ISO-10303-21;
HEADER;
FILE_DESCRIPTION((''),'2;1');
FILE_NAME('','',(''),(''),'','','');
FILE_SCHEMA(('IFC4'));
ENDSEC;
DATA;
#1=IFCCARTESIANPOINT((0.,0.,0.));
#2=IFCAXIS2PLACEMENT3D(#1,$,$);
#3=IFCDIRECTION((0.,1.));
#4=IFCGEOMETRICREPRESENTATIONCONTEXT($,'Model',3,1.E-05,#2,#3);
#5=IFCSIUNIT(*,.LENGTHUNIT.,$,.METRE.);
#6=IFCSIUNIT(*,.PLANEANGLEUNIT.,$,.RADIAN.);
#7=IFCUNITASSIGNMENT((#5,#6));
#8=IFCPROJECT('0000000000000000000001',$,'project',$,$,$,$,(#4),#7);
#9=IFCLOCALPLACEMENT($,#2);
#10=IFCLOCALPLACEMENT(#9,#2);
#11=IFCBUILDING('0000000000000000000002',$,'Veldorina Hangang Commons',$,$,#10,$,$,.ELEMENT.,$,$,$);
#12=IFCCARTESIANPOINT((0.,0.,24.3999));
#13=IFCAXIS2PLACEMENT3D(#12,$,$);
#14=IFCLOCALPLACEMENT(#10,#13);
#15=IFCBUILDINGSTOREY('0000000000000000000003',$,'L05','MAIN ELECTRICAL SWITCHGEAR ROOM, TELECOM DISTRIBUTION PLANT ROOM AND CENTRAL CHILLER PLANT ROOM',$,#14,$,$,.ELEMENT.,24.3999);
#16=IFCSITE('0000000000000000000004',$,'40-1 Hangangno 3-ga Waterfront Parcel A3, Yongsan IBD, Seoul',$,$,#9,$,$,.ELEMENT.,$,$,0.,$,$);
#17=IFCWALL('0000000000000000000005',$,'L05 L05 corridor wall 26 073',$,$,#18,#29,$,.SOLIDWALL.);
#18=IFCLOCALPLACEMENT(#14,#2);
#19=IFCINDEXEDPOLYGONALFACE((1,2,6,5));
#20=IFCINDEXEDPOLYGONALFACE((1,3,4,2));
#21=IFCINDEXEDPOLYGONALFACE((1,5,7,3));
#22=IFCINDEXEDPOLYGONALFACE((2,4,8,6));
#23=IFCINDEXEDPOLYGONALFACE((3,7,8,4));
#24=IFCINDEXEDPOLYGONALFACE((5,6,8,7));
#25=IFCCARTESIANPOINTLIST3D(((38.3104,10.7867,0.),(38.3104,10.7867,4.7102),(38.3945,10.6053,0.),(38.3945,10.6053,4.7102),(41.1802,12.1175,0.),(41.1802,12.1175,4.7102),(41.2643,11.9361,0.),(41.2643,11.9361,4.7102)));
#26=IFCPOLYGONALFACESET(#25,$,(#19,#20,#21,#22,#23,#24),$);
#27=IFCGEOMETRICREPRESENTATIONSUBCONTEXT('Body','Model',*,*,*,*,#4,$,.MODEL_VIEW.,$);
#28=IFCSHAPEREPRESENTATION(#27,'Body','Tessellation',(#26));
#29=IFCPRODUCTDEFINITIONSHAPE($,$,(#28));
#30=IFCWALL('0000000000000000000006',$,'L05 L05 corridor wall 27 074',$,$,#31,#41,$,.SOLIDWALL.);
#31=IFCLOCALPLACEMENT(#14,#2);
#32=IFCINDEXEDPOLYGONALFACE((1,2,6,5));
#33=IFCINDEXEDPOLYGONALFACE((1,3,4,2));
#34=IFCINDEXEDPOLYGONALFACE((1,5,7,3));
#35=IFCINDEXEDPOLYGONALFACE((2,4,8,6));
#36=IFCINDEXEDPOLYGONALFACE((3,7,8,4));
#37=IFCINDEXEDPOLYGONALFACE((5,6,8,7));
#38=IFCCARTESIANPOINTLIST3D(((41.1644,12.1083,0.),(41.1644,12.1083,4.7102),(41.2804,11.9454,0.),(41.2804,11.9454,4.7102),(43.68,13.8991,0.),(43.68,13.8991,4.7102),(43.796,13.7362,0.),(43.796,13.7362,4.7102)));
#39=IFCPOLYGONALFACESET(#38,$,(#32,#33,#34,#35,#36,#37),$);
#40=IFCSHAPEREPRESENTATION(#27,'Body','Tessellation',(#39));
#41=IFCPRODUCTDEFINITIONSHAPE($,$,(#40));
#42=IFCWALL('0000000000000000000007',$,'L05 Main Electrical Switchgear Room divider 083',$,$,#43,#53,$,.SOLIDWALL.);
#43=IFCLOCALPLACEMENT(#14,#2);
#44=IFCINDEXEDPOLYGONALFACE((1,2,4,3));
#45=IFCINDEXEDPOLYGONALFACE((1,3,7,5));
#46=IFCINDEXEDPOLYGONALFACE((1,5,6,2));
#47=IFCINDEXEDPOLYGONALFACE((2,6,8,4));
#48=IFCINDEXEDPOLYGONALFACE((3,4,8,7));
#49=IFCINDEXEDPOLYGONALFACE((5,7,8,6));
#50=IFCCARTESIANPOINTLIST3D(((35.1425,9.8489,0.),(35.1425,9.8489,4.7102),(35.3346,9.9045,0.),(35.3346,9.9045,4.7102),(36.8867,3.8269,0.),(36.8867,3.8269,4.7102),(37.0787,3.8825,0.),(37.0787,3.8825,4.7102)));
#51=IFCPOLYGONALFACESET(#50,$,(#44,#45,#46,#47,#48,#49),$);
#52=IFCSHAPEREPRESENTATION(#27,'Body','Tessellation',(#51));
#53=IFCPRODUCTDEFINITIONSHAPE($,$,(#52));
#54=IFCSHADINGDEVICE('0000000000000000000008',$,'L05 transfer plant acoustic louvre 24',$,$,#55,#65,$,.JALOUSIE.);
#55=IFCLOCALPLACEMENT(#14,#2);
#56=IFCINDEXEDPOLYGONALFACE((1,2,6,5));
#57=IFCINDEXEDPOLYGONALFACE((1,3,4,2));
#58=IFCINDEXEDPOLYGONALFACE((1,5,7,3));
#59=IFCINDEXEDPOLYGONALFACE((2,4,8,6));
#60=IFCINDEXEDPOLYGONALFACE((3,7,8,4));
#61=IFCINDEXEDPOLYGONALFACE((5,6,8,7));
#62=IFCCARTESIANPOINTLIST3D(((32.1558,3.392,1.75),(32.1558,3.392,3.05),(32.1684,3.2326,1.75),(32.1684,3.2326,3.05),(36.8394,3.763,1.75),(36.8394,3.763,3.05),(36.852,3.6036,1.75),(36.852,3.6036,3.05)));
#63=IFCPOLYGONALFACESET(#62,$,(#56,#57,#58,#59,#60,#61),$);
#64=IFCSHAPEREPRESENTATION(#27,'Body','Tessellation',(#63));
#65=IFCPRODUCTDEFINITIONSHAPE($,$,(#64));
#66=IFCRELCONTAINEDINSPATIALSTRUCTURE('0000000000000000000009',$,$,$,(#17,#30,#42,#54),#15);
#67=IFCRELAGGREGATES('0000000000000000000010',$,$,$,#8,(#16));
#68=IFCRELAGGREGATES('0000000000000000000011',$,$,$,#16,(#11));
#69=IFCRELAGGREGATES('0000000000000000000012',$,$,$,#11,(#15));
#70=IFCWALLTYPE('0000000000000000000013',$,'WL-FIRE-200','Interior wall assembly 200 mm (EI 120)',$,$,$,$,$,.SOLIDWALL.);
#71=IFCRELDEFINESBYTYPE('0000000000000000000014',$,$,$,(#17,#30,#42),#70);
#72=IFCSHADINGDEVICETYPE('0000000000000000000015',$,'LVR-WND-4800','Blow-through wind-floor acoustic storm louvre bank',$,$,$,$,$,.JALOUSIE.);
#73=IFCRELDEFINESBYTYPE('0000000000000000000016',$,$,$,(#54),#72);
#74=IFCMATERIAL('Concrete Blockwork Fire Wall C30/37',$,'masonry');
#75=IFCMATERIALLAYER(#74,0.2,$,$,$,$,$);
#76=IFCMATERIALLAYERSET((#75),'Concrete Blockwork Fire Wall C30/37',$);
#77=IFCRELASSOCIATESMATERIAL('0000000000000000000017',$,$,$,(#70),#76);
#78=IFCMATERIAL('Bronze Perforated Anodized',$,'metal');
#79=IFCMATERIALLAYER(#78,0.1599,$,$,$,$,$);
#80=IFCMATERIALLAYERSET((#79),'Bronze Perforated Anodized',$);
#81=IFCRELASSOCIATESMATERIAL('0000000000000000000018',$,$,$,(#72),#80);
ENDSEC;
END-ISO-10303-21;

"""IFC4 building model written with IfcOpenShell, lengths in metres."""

from ifc_helpers import new_model, si_unit, direction, frame, frame_2d, origin, origin_2d, place, context, subcontext, project, spatial, rectangle, extrude, material, layer, layer_set, type_object, element, save


model = new_model("IFC4")

# Units and contexts
model_context = context("Model", 3, precision=1e-05, world=origin(), true_north=direction((0.0, 1.0)))
body_context = subcontext(model_context, "Body", "Model", "MODEL_VIEW")
ifc_project = project(units=[si_unit("LENGTHUNIT", "METRE"), si_unit("PLANEANGLEUNIT", "RADIAN")], contexts=[model_context])

# Site, building, storey
site_placement = place(None, origin())
site = spatial("IfcSite", under=ifc_project, at=site_placement, Name="40-1 Hangangno 3-ga Waterfront Parcel A3, Yongsan IBD, Seoul", CompositionType="ELEMENT", RefElevation=0.0)
building_placement = place(site_placement, origin())
building = spatial("IfcBuilding", under=site, at=building_placement, Name="Veldorina Hangang Commons", CompositionType="ELEMENT")
storey_placement = place(building_placement, frame((0.0, 0.0, 24.3999)))
storey = spatial("IfcBuildingStorey", under=building, at=storey_placement, Name="L05", Description="MAIN ELECTRICAL SWITCHGEAR ROOM, TELECOM DISTRIBUTION PLANT ROOM AND CENTRAL CHILLER PLANT ROOM", CompositionType="ELEMENT", Elevation=24.3999)

# Walls
ifc_material_1 = material(Name="Concrete Blockwork Fire Wall C30/37", Category="masonry")
ifc_layer_1 = layer(ifc_material_1, 0.2)
ifc_layer_set_1 = layer_set([ifc_layer_1], Name="Concrete Blockwork Fire Wall C30/37")
wall_type_1 = type_object("IfcWallType", Name="WL-FIRE-200", Description="Interior wall assembly 200 mm (EI 120)", PredefinedType="SOLIDWALL", material=ifc_layer_set_1)
wall_1_placement = place(storey_placement, frame((38.3525, 10.696, 0.0), z_axis=(0.0, 0.0, 1.0), x_axis=(0.907206, 0.420687, 0.0)))
element("IfcWall", 1, at=wall_1_placement, inside=storey, type_object=wall_type_1, Name="L05 L05 corridor wall 26 073", PredefinedType="SOLIDWALL", context=body_context, shape_type="SweptSolid", body=[
    extrude(rectangle(XDim=3.1633, YDim=0.2, at=frame_2d((1.5815, 0.0))), origin(), (0.0, 0.0, 1.0), 4.7102),
])
wall_2_placement = place(storey_placement, frame((41.2224, 12.0269, 0.0), z_axis=(0.0, 0.0, 1.0), x_axis=(0.814667, 0.579929, 0.0)))
element("IfcWall", 2, at=wall_2_placement, inside=storey, type_object=wall_type_1, Name="L05 L05 corridor wall 27 074", PredefinedType="SOLIDWALL", context=body_context, shape_type="SweptSolid", body=[
    extrude(rectangle(XDim=3.0879, YDim=0.2, at=frame_2d((1.5439, 0.0))), origin(), (0.0, 0.0, 1.0), 4.7102),
])
wall_3_placement = place(storey_placement, frame((35.2385, 9.8767, 0.0), z_axis=(0.0, 0.0, 1.0), x_axis=(0.278196, -0.960524, 0.0)))
element("IfcWall", 3, at=wall_3_placement, inside=storey, type_object=wall_type_1, Name="L05 Main Electrical Switchgear Room divider 083", PredefinedType="SOLIDWALL", context=body_context, shape_type="SweptSolid", body=[
    extrude(rectangle(XDim=6.2695, YDim=0.2, at=frame_2d((3.1348, 0.0))), origin(), (0.0, 0.0, 1.0), 4.7102),
])

# Shading device
ifc_material_2 = material(Name="Bronze Perforated Anodized", Category="metal")
ifc_layer_2 = layer(ifc_material_2, 0.1599)
ifc_layer_set_2 = layer_set([ifc_layer_2], Name="Bronze Perforated Anodized")
shading_device_type = type_object("IfcShadingDeviceType", Name="LVR-WND-4800", Description="Blow-through wind-floor acoustic storm louvre bank", PredefinedType="JALOUSIE", material=ifc_layer_set_2)
shading_device_placement = place(storey_placement, frame((34.5039, 3.4978, 1.75), z_axis=(0.0, 0.0, 1.0), x_axis=(0.996877, 0.078964, 0.0)))
element("IfcShadingDevice", 4, at=shading_device_placement, inside=storey, type_object=shading_device_type, Name="L05 transfer plant acoustic louvre 24", PredefinedType="JALOUSIE", context=body_context, shape_type="SweptSolid", body=[
    extrude(rectangle(XDim=4.6982, YDim=0.1599, at=origin_2d()), origin(), (0.0, 0.0, 1.0), 1.3),
])

save(model, "model.ifc")
